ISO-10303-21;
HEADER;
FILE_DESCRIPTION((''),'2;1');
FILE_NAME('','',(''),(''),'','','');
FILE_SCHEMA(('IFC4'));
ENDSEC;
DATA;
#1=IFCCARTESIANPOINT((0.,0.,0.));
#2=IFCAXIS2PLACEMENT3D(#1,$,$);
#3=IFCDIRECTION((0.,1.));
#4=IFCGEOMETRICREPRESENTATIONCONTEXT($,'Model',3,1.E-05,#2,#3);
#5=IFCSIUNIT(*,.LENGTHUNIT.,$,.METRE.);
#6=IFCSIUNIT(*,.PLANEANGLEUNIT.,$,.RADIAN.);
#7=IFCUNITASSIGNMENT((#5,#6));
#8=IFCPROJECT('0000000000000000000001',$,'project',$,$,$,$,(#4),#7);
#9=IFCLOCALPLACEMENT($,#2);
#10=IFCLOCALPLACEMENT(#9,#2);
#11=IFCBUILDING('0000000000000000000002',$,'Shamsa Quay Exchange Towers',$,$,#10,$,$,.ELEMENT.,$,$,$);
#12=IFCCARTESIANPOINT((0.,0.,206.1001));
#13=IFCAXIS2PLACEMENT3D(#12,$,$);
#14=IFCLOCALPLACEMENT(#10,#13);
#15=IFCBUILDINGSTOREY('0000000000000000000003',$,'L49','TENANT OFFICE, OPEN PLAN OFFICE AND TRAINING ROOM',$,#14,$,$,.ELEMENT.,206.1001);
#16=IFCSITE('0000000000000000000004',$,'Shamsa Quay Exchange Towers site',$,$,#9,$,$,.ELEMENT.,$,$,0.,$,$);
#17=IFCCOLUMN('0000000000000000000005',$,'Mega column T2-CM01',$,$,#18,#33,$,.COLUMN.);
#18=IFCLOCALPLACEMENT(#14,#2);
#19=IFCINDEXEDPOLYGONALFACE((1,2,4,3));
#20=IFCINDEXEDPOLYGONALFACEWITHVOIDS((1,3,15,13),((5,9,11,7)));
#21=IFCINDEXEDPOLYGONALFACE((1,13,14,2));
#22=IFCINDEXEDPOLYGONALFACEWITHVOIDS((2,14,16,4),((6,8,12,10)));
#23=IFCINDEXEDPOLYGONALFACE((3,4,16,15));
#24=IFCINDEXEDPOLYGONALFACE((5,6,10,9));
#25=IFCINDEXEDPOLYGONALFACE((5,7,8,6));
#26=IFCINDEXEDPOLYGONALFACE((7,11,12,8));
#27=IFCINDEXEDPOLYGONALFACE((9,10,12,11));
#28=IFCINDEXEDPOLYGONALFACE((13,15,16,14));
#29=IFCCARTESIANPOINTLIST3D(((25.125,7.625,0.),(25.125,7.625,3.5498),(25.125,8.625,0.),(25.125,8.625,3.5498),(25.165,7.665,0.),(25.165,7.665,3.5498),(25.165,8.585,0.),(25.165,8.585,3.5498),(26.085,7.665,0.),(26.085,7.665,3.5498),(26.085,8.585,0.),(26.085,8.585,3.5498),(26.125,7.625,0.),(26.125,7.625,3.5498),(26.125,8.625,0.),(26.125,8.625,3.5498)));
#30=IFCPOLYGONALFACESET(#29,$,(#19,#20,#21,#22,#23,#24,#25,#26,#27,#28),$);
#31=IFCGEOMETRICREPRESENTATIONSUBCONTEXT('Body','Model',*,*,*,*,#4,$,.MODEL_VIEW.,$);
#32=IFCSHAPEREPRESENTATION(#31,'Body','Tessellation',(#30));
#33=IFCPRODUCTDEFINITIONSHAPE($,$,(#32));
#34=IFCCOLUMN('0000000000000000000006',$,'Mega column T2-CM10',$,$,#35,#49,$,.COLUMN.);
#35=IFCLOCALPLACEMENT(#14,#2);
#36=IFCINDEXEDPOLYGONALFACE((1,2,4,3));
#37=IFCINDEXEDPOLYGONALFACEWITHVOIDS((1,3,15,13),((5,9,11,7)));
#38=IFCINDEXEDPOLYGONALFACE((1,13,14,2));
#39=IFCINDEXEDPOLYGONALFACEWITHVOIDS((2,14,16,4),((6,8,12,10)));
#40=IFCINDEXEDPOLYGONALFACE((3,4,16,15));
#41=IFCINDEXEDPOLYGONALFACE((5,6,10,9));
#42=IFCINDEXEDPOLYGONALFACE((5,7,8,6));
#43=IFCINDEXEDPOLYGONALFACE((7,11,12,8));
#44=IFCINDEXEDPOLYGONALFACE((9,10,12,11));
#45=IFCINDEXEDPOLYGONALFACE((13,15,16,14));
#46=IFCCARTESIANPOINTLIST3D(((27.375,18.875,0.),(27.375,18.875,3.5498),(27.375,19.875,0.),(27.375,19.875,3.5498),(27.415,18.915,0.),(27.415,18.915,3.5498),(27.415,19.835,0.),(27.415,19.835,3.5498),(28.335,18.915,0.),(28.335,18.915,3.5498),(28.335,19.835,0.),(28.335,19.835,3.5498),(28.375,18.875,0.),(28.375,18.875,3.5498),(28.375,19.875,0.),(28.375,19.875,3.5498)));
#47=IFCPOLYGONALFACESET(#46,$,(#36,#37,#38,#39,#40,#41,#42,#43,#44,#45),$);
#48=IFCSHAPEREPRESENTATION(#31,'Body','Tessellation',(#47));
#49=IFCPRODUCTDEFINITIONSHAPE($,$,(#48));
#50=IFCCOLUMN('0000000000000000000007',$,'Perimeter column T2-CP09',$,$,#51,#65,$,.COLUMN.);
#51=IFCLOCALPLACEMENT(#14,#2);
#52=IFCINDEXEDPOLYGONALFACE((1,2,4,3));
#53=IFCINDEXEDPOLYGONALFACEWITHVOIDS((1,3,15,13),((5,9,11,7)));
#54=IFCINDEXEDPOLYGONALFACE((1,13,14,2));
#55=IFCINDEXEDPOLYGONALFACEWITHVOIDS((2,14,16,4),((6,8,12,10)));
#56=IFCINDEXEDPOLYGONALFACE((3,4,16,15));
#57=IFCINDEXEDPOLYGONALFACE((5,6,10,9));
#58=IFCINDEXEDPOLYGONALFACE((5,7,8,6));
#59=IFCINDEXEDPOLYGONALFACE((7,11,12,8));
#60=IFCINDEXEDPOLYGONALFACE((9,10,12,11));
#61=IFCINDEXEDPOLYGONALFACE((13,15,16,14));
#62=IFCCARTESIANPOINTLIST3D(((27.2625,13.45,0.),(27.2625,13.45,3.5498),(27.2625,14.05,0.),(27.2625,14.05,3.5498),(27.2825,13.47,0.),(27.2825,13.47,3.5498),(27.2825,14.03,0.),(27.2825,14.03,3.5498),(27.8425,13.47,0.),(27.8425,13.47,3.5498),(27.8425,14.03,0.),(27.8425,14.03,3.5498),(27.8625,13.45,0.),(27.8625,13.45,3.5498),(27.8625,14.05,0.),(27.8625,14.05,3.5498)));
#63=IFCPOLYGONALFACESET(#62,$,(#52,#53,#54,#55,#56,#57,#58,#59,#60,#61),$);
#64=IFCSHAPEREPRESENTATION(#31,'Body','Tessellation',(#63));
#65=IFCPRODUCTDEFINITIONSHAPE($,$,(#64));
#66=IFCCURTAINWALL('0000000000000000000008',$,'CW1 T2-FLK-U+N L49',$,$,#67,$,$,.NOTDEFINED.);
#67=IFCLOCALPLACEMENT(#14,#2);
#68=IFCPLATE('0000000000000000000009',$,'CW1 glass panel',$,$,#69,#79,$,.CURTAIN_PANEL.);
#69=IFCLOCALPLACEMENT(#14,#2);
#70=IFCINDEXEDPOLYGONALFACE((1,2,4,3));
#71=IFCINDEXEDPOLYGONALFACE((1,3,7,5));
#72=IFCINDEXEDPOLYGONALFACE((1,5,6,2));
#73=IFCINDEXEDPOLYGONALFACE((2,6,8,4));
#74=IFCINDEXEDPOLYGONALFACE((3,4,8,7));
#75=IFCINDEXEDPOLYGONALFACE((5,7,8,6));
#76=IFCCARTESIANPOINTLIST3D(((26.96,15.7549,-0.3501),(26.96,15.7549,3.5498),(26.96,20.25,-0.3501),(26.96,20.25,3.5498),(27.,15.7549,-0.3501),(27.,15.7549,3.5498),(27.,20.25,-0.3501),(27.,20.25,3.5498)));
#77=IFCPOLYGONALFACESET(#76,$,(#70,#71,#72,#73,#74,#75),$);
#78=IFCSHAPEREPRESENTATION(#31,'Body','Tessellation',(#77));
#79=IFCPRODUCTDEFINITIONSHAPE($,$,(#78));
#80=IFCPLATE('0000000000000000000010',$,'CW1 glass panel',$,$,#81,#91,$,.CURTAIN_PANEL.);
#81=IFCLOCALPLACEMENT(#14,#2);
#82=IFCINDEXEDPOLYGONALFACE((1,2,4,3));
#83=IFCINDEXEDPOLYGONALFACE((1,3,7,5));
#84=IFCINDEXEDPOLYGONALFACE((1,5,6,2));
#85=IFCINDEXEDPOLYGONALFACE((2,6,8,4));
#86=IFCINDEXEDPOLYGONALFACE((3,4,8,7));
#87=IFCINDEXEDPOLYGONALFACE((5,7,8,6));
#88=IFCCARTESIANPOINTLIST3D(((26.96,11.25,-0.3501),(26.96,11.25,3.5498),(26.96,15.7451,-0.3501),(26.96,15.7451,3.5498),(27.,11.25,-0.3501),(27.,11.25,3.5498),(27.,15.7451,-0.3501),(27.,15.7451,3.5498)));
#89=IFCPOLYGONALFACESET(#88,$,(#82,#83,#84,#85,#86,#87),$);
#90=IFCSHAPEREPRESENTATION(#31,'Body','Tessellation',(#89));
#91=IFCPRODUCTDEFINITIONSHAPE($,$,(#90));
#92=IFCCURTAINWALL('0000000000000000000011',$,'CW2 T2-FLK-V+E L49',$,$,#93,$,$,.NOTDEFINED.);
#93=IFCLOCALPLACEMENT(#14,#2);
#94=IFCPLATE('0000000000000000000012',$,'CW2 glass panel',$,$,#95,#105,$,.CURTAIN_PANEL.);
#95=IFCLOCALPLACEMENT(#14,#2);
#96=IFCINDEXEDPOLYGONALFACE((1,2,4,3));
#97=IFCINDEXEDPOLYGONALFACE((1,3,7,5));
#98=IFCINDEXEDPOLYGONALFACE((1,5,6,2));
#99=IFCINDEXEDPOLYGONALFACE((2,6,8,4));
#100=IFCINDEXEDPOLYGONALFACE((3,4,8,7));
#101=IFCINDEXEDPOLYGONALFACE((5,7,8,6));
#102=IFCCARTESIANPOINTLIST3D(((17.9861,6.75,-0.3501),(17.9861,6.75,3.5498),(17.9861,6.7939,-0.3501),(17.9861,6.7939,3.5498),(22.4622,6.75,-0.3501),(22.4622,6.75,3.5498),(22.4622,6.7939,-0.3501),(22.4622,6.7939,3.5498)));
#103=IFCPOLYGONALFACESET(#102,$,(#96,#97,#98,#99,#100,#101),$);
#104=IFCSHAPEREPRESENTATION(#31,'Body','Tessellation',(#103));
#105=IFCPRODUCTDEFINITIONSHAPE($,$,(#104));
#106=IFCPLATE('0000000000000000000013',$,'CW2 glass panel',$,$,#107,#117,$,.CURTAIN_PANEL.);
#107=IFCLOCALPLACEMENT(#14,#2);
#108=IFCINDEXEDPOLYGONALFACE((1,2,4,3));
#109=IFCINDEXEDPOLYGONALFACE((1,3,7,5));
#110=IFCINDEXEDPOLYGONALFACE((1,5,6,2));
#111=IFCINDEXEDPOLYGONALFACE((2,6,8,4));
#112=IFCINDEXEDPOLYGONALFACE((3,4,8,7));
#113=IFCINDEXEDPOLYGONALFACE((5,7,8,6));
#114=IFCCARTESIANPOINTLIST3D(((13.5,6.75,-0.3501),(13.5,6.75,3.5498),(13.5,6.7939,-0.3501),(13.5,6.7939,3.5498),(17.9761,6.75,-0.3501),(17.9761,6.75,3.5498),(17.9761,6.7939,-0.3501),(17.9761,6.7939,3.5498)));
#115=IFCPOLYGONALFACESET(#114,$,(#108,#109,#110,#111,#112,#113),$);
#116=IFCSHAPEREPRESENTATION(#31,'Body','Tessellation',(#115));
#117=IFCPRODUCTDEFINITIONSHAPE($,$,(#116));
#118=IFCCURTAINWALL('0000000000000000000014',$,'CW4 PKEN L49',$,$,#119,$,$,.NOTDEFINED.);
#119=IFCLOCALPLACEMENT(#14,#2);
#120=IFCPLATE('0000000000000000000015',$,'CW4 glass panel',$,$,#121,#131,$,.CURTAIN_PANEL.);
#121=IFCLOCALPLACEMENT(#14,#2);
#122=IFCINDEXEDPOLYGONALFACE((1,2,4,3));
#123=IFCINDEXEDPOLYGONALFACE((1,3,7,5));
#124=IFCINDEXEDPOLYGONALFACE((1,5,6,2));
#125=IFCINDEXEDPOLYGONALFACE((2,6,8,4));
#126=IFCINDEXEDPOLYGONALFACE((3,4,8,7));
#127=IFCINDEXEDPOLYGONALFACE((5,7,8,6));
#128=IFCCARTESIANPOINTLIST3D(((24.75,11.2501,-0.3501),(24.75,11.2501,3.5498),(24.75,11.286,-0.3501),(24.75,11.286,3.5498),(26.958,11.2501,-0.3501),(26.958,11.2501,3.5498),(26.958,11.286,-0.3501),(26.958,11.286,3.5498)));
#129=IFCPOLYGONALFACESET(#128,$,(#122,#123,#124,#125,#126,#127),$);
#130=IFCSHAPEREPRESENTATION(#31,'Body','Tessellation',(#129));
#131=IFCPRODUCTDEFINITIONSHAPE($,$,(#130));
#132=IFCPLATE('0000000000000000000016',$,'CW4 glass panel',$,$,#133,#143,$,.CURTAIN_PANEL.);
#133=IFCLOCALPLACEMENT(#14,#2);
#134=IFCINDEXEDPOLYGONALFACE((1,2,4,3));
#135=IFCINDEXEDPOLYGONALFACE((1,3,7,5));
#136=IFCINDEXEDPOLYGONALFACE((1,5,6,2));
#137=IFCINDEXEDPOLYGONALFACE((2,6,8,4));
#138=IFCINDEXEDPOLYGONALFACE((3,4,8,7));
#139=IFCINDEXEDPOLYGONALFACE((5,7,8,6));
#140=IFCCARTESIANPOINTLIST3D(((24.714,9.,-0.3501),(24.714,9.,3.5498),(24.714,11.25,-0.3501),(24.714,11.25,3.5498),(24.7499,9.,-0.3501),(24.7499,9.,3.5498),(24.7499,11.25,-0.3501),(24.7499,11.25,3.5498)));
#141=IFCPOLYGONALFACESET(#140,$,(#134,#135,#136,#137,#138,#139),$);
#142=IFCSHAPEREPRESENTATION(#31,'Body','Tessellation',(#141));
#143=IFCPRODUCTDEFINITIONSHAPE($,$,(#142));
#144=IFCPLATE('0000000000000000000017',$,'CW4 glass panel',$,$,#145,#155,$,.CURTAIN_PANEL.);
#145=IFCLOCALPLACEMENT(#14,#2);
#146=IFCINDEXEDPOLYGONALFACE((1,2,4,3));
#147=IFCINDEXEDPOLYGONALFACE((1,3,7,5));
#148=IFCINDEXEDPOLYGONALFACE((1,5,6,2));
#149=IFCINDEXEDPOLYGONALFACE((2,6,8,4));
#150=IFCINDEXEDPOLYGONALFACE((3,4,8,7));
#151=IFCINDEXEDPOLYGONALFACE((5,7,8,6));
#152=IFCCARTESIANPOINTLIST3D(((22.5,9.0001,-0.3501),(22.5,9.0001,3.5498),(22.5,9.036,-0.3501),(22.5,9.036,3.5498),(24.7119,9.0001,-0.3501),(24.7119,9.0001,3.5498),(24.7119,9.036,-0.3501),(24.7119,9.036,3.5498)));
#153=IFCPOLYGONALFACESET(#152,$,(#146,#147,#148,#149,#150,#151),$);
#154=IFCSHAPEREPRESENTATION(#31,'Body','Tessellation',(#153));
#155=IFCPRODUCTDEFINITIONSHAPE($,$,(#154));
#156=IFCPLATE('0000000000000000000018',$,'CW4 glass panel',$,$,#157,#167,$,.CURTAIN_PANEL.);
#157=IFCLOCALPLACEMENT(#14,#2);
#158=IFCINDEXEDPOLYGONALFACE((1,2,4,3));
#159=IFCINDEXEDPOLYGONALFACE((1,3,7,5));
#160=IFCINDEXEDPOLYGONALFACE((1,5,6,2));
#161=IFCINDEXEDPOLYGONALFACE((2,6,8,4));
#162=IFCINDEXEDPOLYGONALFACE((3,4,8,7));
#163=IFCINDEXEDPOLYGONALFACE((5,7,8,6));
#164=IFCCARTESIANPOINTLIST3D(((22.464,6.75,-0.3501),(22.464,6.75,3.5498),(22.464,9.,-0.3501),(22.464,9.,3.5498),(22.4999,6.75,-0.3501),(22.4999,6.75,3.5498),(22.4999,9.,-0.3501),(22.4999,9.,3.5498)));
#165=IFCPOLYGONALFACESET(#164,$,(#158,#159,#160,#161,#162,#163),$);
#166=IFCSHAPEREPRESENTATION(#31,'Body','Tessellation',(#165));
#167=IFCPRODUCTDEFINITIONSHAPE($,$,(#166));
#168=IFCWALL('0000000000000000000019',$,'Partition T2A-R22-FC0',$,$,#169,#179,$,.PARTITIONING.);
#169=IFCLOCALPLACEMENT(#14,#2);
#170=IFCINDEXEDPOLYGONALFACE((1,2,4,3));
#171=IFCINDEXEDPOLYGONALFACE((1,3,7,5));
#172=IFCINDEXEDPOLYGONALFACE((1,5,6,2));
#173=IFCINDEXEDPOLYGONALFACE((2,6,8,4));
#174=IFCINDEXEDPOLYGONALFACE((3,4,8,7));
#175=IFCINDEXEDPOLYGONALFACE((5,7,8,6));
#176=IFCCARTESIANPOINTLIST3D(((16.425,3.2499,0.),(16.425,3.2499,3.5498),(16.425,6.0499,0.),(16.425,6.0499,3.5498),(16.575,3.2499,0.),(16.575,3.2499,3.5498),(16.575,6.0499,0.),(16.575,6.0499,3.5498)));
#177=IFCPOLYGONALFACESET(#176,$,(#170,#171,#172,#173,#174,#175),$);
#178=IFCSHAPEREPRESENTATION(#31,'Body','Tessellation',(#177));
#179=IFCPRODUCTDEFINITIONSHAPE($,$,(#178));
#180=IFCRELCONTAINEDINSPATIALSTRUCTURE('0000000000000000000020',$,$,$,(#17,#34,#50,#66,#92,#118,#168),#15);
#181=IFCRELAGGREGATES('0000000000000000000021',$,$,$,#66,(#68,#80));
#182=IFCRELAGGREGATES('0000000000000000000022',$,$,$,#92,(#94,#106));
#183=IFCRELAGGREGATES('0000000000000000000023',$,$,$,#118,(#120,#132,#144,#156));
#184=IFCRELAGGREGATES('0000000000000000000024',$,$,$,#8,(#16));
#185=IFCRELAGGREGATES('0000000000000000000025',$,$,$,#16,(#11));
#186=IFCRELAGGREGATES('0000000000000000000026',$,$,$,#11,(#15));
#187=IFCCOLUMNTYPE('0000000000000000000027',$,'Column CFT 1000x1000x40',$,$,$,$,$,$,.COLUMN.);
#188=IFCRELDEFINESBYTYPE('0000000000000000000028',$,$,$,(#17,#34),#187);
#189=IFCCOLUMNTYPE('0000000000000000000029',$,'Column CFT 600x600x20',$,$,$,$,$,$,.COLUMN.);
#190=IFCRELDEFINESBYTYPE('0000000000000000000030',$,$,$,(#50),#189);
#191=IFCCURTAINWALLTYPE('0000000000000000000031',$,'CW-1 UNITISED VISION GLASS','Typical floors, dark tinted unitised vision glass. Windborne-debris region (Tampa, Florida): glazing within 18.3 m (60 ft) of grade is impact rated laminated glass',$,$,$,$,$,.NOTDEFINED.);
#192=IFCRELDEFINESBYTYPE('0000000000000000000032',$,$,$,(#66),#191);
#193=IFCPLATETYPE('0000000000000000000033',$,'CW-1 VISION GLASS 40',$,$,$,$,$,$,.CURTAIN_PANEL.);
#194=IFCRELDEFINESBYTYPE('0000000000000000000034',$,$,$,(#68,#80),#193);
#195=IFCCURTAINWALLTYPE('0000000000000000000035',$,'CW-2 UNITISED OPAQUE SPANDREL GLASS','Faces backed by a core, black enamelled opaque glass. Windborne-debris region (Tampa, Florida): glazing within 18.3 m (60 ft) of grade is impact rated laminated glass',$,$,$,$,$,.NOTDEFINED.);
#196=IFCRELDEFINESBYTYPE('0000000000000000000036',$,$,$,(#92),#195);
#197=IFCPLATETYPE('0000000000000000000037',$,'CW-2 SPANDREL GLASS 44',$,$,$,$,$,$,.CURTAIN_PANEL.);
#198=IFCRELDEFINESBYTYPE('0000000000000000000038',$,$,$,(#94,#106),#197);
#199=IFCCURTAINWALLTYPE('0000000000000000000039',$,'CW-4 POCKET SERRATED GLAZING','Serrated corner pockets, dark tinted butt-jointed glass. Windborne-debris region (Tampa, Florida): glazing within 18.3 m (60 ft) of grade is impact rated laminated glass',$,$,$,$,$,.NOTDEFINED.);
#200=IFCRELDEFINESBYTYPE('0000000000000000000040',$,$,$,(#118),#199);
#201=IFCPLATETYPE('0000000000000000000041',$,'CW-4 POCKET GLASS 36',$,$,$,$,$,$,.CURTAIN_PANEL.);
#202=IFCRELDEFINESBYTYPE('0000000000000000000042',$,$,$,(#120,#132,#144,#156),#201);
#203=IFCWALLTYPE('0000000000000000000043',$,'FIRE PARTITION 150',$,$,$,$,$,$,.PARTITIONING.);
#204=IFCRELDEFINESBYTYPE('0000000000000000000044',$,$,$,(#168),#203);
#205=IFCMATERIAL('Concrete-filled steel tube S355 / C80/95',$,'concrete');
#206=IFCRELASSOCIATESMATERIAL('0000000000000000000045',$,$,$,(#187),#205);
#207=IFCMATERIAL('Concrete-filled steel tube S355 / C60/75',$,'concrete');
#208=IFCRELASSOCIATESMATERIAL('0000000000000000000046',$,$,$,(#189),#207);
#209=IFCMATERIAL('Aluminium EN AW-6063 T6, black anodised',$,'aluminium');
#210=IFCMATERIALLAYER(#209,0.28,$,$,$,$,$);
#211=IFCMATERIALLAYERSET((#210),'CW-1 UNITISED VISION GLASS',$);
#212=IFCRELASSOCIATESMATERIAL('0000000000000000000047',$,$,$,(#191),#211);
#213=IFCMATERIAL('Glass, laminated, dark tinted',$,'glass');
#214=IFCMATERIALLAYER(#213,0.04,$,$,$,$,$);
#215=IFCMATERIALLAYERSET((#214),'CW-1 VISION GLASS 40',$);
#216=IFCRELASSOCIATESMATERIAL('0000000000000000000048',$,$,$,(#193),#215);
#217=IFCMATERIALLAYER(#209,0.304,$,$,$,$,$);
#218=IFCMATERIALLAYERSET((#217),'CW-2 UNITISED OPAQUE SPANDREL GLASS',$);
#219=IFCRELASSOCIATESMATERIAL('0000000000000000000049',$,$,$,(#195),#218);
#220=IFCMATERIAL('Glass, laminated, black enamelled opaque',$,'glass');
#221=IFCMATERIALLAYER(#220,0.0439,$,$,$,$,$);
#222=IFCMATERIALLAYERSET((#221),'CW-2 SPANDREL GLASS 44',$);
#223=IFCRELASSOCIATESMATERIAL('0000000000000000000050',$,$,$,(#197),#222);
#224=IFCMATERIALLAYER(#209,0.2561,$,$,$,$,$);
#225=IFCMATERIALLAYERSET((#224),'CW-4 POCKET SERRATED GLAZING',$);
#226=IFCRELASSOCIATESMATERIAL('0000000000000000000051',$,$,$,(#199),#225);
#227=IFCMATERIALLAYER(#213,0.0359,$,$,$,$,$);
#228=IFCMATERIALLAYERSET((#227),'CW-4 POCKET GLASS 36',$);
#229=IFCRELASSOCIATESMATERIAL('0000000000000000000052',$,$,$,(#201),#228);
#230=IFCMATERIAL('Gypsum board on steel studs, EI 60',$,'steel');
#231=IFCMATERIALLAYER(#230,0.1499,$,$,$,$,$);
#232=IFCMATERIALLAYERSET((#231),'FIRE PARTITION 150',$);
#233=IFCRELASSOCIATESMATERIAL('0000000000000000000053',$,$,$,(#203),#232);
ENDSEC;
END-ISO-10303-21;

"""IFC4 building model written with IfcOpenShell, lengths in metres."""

from ifc_helpers import new_model, si_unit, direction, frame, frame_2d, origin, origin_2d, place, context, subcontext, project, spatial, rectangle, hollow_rectangle, extrude, material, layer, layer_set, material_profile, profile_set, type_object, element, aggregate, save


model = new_model("IFC4")

# Units and contexts
model_context = context("Model", 3, precision=1e-05, world=origin(), true_north=direction((0.0, 1.0)))
body_context = subcontext(model_context, "Body", "Model", "MODEL_VIEW")
ifc_project = project(units=[si_unit("LENGTHUNIT", "METRE"), si_unit("PLANEANGLEUNIT", "RADIAN")], contexts=[model_context])

# Site, building, storey
site_placement = place(None, origin())
site = spatial("IfcSite", under=ifc_project, at=site_placement, Name="Shamsa Quay Exchange Towers site", CompositionType="ELEMENT", RefElevation=0.0)
building_placement = place(site_placement, origin())
building = spatial("IfcBuilding", under=site, at=building_placement, Name="Shamsa Quay Exchange Towers", CompositionType="ELEMENT")
storey_placement = place(building_placement, frame((0.0, 0.0, 206.1001)))
storey = spatial("IfcBuildingStorey", under=building, at=storey_placement, Name="L49", Description="TENANT OFFICE, OPEN PLAN OFFICE AND TRAINING ROOM", CompositionType="ELEMENT", Elevation=206.1001)

# Columns
ifc_material_1 = material(Name="Concrete-filled steel tube S355 / C80/95", Category="concrete")
ifc_material_profile_1 = material_profile(ifc_material_1, hollow_rectangle(XDim=1.0, YDim=1.0, WallThickness=0.04, at=origin_2d()), Name="CFT 1000x1000x40")
ifc_profile_set_1 = profile_set([ifc_material_profile_1], Name="Concrete-filled steel tube S355 / C80/95")
column_type_1 = type_object("IfcColumnType", Name="Column CFT 1000x1000x40", PredefinedType="COLUMN", material=ifc_profile_set_1)
for number, where, name in (
    (1, (25.625, 8.125, 0.0), "Mega column T2-CM01"),
    (2, (27.875, 19.375, 0.0), "Mega column T2-CM10"),
):
    element("IfcColumn", number, at=place(storey_placement, frame(where)), inside=storey, type_object=column_type_1, Name=name, PredefinedType="COLUMN", context=body_context, shape_type="SweptSolid", body=[
        extrude(hollow_rectangle(XDim=1.0, YDim=1.0, WallThickness=0.04, at=origin_2d()), origin(), (0.0, 0.0, 1.0), 3.5498),
    ])
ifc_material_2 = material(Name="Concrete-filled steel tube S355 / C60/75", Category="concrete")
ifc_material_profile_2 = material_profile(ifc_material_2, hollow_rectangle(XDim=0.6001, YDim=0.6001, WallThickness=0.02, at=origin_2d()), Name="CFT 600x600x20")
ifc_profile_set_2 = profile_set([ifc_material_profile_2], Name="Concrete-filled steel tube S355 / C60/75")
column_type_2 = type_object("IfcColumnType", Name="Column CFT 600x600x20", PredefinedType="COLUMN", material=ifc_profile_set_2)
column_placement = place(storey_placement, frame((27.5625, 13.75, 0.0)))
element("IfcColumn", 3, at=column_placement, inside=storey, type_object=column_type_2, Name="Perimeter column T2-CP09", PredefinedType="COLUMN", context=body_context, shape_type="SweptSolid", body=[
    extrude(hollow_rectangle(XDim=0.6001, YDim=0.6001, WallThickness=0.02, at=origin_2d()), origin(), (0.0, 0.0, 1.0), 3.5498),
])

# Curtain walls, plates
ifc_material_3 = material(Name="Aluminium EN AW-6063 T6, black anodised", Category="aluminium")
ifc_layer_1 = layer(ifc_material_3, 0.28)
ifc_layer_set_1 = layer_set([ifc_layer_1], Name="CW-1 UNITISED VISION GLASS")
curtain_wall_type_1 = type_object("IfcCurtainWallType", Name="CW-1 UNITISED VISION GLASS", Description="Typical floors, dark tinted unitised vision glass. Windborne-debris region (Tampa, Florida): glazing within 18.3 m (60 ft) of grade is impact rated laminated glass", PredefinedType="NOTDEFINED", material=ifc_layer_set_1)
curtain_wall_1_placement = place(storey_placement, origin())
curtain_wall_1 = element("IfcCurtainWall", 4, at=curtain_wall_1_placement, inside=storey, type_object=curtain_wall_type_1, Name="CW1 T2-FLK-U+N L49", PredefinedType="NOTDEFINED")
ifc_material_4 = material(Name="Glass, laminated, dark tinted", Category="glass")
ifc_layer_2 = layer(ifc_material_4, 0.04)
ifc_layer_set_2 = layer_set([ifc_layer_2], Name="CW-1 VISION GLASS 40")
plate_type_1 = type_object("IfcPlateType", Name="CW-1 VISION GLASS 40", PredefinedType="CURTAIN_PANEL", material=ifc_layer_set_2)
plate_1_placement = place(storey_placement, frame((26.98, 18.0024, -0.3501), z_axis=(0.0, 0.0, 1.0), x_axis=(0.0, -1.0, 0.0)))
plate_1 = element("IfcPlate", 5, at=plate_1_placement, type_object=plate_type_1, Name="CW1 glass panel", PredefinedType="CURTAIN_PANEL", context=body_context, shape_type="SweptSolid", body=[
    extrude(rectangle(XDim=4.4951, YDim=0.04, at=origin_2d()), origin(), (0.0, 0.0, 1.0), 3.8999),
])
plate_2_placement = place(storey_placement, frame((26.98, 13.4976, -0.3501), z_axis=(0.0, 0.0, 1.0), x_axis=(0.0, -1.0, 0.0)))
plate_2 = element("IfcPlate", 6, at=plate_2_placement, type_object=plate_type_1, Name="CW1 glass panel", PredefinedType="CURTAIN_PANEL", context=body_context, shape_type="SweptSolid", body=[
    extrude(rectangle(XDim=4.4951, YDim=0.04, at=origin_2d()), origin(), (0.0, 0.0, 1.0), 3.8999),
])
aggregate(curtain_wall_1, [plate_1, plate_2])
ifc_layer_3 = layer(ifc_material_3, 0.304)
ifc_layer_set_3 = layer_set([ifc_layer_3], Name="CW-2 UNITISED OPAQUE SPANDREL GLASS")
curtain_wall_type_2 = type_object("IfcCurtainWallType", Name="CW-2 UNITISED OPAQUE SPANDREL GLASS", Description="Faces backed by a core, black enamelled opaque glass. Windborne-debris region (Tampa, Florida): glazing within 18.3 m (60 ft) of grade is impact rated laminated glass", PredefinedType="NOTDEFINED", material=ifc_layer_set_3)
curtain_wall_2_placement = place(storey_placement, origin())
curtain_wall_2 = element("IfcCurtainWall", 7, at=curtain_wall_2_placement, inside=storey, type_object=curtain_wall_type_2, Name="CW2 T2-FLK-V+E L49", PredefinedType="NOTDEFINED")
ifc_material_5 = material(Name="Glass, laminated, black enamelled opaque", Category="glass")
ifc_layer_4 = layer(ifc_material_5, 0.0439)
ifc_layer_set_4 = layer_set([ifc_layer_4], Name="CW-2 SPANDREL GLASS 44")
plate_type_2 = type_object("IfcPlateType", Name="CW-2 SPANDREL GLASS 44", PredefinedType="CURTAIN_PANEL", material=ifc_layer_set_4)
plate_3_placement = place(storey_placement, frame((20.2241, 6.772, -0.3501), z_axis=(0.0, 0.0, 1.0), x_axis=(-1.0, 0.0, 0.0)))
plate_3 = element("IfcPlate", 8, at=plate_3_placement, type_object=plate_type_2, Name="CW2 glass panel", PredefinedType="CURTAIN_PANEL", context=body_context, shape_type="SweptSolid", body=[
    extrude(rectangle(XDim=4.4761, YDim=0.0439, at=origin_2d()), origin(), (0.0, 0.0, 1.0), 3.8999),
])
plate_4_placement = place(storey_placement, frame((15.738, 6.772, -0.3501), z_axis=(0.0, 0.0, 1.0), x_axis=(-1.0, 0.0, 0.0)))
plate_4 = element("IfcPlate", 9, at=plate_4_placement, type_object=plate_type_2, Name="CW2 glass panel", PredefinedType="CURTAIN_PANEL", context=body_context, shape_type="SweptSolid", body=[
    extrude(rectangle(XDim=4.4761, YDim=0.0439, at=origin_2d()), origin(), (0.0, 0.0, 1.0), 3.8999),
])
aggregate(curtain_wall_2, [plate_3, plate_4])
ifc_layer_5 = layer(ifc_material_3, 0.2561)
ifc_layer_set_5 = layer_set([ifc_layer_5], Name="CW-4 POCKET SERRATED GLAZING")
curtain_wall_type_3 = type_object("IfcCurtainWallType", Name="CW-4 POCKET SERRATED GLAZING", Description="Serrated corner pockets, dark tinted butt-jointed glass. Windborne-debris region (Tampa, Florida): glazing within 18.3 m (60 ft) of grade is impact rated laminated glass", PredefinedType="NOTDEFINED", material=ifc_layer_set_5)
curtain_wall_3_placement = place(storey_placement, origin())
curtain_wall_3 = element("IfcCurtainWall", 10, at=curtain_wall_3_placement, inside=storey, type_object=curtain_wall_type_3, Name="CW4 PKEN L49", PredefinedType="NOTDEFINED")
ifc_layer_6 = layer(ifc_material_4, 0.0359)
ifc_layer_set_6 = layer_set([ifc_layer_6], Name="CW-4 POCKET GLASS 36")
plate_type_3 = type_object("IfcPlateType", Name="CW-4 POCKET GLASS 36", PredefinedType="CURTAIN_PANEL", material=ifc_layer_set_6)
plate_5_placement = place(storey_placement, frame((25.854, 11.2681, -0.3501), z_axis=(0.0, 0.0, 1.0), x_axis=(-1.0, 0.0, 0.0)))
plate_5 = element("IfcPlate", 11, at=plate_5_placement, type_object=plate_type_3, Name="CW4 glass panel", PredefinedType="CURTAIN_PANEL", context=body_context, shape_type="SweptSolid", body=[
    extrude(rectangle(XDim=2.208, YDim=0.0359, at=origin_2d()), origin(), (0.0, 0.0, 1.0), 3.8999),
])
plate_6_placement = place(storey_placement, frame((24.7319, 10.125, -0.3501), z_axis=(0.0, 0.0, 1.0), x_axis=(0.0, -1.0, 0.0)))
plate_6 = element("IfcPlate", 12, at=plate_6_placement, type_object=plate_type_3, Name="CW4 glass panel", PredefinedType="CURTAIN_PANEL", context=body_context, shape_type="SweptSolid", body=[
    extrude(rectangle(XDim=2.25, YDim=0.0359, at=origin_2d()), origin(), (0.0, 0.0, 1.0), 3.8999),
])
plate_7_placement = place(storey_placement, frame((23.606, 9.0181, -0.3501), z_axis=(0.0, 0.0, 1.0), x_axis=(-1.0, 0.0, 0.0)))
plate_7 = element("IfcPlate", 13, at=plate_7_placement, type_object=plate_type_3, Name="CW4 glass panel", PredefinedType="CURTAIN_PANEL", context=body_context, shape_type="SweptSolid", body=[
    extrude(rectangle(XDim=2.2119, YDim=0.0359, at=origin_2d()), origin(), (0.0, 0.0, 1.0), 3.8999),
])
plate_8_placement = place(storey_placement, frame((22.4819, 7.875, -0.3501), z_axis=(0.0, 0.0, 1.0), x_axis=(0.0, -1.0, 0.0)))
plate_8 = element("IfcPlate", 14, at=plate_8_placement, type_object=plate_type_3, Name="CW4 glass panel", PredefinedType="CURTAIN_PANEL", context=body_context, shape_type="SweptSolid", body=[
    extrude(rectangle(XDim=2.25, YDim=0.0359, at=origin_2d()), origin(), (0.0, 0.0, 1.0), 3.8999),
])
aggregate(curtain_wall_3, [plate_5, plate_6, plate_7, plate_8])

# Wall
ifc_material_6 = material(Name="Gypsum board on steel studs, EI 60", Category="steel")
ifc_layer_7 = layer(ifc_material_6, 0.1499)
ifc_layer_set_7 = layer_set([ifc_layer_7], Name="FIRE PARTITION 150")
wall_type_1 = type_object("IfcWallType", Name="FIRE PARTITION 150", PredefinedType="PARTITIONING", material=ifc_layer_set_7)
wall_1_placement = place(storey_placement, frame((16.5, 3.25, 0.0), z_axis=(0.0, 0.0, 1.0), x_axis=(0.0, 1.0, 0.0)))
element("IfcWall", 15, at=wall_1_placement, inside=storey, type_object=wall_type_1, Name="Partition T2A-R22-FC0", PredefinedType="PARTITIONING", context=body_context, shape_type="SweptSolid", body=[
    extrude(rectangle(XDim=2.8, YDim=0.1499, at=frame_2d((1.3999, 0.0))), origin(), (0.0, 0.0, 1.0), 3.5498),
])

save(model, "model.ifc")
